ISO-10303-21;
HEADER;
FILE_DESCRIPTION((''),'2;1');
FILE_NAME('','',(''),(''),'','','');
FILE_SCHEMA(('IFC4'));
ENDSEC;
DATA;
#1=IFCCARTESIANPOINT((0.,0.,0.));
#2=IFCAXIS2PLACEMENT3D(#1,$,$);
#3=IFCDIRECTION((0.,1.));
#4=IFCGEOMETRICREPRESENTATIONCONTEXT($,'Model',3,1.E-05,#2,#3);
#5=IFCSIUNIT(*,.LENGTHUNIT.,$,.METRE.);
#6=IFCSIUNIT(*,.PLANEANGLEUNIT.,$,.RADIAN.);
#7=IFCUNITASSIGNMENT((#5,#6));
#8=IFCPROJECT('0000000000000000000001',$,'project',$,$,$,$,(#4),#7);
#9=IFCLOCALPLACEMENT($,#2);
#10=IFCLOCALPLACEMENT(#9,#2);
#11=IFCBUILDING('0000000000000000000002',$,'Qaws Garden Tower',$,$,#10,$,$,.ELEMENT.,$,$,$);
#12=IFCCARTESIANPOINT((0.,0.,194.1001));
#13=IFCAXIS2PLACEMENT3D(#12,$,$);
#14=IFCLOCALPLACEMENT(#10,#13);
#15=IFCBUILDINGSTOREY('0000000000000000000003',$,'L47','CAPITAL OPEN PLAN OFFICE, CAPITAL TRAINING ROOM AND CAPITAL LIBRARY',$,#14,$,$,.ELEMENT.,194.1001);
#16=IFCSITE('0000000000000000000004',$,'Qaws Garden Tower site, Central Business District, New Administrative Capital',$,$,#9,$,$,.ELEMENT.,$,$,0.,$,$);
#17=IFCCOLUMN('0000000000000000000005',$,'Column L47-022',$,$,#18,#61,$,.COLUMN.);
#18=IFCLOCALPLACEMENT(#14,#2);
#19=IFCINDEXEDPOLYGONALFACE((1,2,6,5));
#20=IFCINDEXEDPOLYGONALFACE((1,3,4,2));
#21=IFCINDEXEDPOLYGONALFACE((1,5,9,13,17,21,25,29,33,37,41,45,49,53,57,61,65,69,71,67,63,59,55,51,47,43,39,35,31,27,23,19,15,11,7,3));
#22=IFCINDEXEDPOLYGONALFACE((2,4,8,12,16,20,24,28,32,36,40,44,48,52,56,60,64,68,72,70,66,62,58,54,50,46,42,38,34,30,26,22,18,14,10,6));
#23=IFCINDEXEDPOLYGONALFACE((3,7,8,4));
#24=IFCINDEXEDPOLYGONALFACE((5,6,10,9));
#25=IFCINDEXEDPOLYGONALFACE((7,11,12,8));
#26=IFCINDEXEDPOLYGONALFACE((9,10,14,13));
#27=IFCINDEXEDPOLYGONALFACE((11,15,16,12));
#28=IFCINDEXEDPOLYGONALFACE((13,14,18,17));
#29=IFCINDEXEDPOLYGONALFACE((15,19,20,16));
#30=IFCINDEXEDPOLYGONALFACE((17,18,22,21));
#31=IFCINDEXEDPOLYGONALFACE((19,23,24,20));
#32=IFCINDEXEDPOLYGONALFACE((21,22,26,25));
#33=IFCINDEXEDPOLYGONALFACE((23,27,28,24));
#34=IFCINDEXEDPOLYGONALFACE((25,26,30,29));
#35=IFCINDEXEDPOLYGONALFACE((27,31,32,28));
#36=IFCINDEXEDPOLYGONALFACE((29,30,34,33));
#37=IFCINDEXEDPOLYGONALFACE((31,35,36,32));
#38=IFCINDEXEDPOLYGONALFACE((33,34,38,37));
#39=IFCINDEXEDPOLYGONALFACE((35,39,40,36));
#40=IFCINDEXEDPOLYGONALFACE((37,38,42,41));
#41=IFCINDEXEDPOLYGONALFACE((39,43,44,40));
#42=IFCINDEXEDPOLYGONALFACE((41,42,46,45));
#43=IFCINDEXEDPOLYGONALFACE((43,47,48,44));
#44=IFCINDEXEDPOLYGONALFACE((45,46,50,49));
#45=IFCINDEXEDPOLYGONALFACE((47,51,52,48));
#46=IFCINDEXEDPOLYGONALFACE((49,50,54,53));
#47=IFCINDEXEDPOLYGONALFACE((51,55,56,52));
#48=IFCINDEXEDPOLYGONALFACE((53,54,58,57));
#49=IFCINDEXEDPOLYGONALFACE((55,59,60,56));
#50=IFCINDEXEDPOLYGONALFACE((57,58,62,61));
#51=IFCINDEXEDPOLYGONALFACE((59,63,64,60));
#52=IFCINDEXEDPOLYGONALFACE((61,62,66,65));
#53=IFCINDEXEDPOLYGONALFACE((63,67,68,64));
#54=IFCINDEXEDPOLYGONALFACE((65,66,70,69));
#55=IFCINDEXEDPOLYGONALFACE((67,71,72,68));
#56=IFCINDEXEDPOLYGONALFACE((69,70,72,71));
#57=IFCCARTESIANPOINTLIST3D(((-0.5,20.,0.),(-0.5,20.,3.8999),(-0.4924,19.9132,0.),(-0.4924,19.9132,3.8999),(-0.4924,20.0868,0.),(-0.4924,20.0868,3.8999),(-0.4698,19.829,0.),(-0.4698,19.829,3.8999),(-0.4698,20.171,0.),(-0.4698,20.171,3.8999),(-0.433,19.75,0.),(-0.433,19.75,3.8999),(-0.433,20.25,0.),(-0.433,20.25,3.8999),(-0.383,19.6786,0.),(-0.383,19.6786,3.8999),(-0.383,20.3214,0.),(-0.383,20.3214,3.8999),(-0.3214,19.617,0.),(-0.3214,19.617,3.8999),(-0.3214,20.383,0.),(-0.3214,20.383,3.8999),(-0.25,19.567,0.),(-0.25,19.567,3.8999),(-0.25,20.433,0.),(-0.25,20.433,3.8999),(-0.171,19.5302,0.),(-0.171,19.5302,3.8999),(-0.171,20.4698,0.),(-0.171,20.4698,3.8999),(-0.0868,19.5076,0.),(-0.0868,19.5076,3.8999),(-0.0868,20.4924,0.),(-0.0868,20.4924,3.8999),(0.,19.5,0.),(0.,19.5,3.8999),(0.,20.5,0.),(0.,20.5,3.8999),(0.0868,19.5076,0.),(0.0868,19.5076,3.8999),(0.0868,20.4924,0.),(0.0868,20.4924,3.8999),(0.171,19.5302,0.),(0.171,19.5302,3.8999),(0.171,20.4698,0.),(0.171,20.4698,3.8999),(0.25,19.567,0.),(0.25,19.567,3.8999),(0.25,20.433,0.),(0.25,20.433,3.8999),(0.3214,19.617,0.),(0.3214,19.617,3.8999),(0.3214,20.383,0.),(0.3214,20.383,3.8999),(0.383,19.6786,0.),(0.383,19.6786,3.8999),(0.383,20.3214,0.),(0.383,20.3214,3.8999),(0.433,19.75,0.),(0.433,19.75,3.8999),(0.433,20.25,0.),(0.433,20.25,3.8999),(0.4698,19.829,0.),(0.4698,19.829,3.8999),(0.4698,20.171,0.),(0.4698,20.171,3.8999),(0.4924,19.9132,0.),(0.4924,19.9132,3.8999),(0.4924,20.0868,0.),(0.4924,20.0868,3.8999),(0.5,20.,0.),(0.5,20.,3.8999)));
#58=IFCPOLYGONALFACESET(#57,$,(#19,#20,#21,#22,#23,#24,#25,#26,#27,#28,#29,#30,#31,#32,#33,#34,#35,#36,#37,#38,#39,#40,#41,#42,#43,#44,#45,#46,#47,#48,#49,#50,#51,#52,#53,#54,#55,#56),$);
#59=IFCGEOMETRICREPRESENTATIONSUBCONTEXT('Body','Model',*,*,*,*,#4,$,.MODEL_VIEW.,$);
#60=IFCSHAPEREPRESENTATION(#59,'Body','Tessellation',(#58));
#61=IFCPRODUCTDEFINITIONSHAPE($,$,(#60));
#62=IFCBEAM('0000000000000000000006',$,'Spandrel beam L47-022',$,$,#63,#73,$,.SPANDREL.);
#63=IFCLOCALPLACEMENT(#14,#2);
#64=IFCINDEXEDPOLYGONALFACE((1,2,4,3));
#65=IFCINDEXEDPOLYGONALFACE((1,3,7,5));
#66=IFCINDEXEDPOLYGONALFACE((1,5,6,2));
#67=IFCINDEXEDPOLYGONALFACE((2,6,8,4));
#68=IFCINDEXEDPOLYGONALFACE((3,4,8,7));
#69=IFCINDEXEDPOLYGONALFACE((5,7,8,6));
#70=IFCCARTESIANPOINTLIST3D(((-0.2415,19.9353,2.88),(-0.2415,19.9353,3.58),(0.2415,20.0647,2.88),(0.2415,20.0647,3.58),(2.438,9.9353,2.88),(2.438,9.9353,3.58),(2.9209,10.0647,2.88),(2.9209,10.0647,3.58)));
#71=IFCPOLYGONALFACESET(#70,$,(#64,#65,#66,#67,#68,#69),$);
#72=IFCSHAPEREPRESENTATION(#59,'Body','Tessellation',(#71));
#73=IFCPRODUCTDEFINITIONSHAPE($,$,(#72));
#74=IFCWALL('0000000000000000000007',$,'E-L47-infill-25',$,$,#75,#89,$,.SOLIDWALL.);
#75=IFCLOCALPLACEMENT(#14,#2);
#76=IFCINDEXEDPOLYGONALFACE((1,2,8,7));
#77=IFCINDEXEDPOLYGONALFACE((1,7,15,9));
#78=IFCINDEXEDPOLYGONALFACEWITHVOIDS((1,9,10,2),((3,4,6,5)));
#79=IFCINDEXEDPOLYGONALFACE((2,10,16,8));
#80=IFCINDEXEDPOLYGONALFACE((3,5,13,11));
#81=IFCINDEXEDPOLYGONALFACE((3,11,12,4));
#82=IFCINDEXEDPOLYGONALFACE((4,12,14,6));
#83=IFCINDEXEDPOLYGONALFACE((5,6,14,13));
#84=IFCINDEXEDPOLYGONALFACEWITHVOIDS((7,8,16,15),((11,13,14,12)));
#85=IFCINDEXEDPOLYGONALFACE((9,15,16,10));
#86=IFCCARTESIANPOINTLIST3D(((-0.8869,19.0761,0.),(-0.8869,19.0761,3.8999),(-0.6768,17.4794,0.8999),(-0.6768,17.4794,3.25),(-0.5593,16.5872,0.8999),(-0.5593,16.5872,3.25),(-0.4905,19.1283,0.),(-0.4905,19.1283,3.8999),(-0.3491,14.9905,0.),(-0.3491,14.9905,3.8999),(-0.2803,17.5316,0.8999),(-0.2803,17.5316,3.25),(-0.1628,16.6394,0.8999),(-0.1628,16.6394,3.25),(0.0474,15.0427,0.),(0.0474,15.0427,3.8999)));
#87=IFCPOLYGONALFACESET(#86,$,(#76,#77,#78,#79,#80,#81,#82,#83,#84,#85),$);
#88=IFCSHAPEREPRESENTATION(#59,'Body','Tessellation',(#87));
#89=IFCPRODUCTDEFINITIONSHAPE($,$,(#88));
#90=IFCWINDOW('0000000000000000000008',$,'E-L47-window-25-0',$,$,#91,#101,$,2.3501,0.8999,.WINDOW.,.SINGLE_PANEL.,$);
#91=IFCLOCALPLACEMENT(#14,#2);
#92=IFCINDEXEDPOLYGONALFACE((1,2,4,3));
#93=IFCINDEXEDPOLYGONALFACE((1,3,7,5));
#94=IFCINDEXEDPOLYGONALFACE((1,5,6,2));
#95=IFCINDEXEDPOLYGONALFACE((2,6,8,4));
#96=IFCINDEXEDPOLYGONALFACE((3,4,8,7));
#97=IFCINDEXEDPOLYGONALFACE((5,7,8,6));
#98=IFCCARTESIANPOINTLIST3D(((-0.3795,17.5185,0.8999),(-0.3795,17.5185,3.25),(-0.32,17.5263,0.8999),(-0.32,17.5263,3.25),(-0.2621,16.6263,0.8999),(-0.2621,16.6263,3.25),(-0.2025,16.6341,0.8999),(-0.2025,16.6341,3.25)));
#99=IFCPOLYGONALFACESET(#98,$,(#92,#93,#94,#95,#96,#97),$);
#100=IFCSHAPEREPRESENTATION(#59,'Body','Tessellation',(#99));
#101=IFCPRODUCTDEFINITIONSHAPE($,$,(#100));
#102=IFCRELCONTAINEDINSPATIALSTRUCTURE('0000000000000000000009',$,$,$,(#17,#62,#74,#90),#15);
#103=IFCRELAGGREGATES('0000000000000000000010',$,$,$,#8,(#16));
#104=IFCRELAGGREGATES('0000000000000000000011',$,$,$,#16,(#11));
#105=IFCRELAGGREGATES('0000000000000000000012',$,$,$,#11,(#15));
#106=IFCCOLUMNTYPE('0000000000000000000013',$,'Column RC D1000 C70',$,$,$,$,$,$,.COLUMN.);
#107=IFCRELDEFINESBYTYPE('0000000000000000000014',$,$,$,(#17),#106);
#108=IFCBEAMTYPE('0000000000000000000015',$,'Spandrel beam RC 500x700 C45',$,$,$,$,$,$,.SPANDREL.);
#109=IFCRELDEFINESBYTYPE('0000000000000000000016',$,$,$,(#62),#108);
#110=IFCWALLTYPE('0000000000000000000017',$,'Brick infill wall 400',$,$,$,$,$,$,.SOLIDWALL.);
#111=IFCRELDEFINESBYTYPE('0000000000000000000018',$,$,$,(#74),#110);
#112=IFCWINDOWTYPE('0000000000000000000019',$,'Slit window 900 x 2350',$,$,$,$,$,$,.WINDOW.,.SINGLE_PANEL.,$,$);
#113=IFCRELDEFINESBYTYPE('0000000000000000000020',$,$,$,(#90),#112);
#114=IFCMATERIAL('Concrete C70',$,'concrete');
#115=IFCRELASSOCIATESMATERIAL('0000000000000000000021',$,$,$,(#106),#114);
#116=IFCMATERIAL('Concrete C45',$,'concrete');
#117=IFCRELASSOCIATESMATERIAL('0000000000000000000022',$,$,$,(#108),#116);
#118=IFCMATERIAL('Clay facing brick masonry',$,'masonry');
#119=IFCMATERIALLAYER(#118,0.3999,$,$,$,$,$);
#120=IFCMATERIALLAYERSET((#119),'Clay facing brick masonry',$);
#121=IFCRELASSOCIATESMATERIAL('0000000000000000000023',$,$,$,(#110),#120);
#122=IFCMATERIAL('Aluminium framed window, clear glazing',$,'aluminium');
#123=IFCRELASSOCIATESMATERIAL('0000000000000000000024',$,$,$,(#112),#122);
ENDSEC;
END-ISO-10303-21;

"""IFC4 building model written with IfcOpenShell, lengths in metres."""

from ifc_helpers import new_model, si_unit, direction, frame, frame_2d, origin, origin_2d, place, context, subcontext, project, spatial, rectangle, circle, extrude, material, layer, layer_set, material_profile, profile_set, type_object, element, fill, save


model = new_model("IFC4")

# Units and contexts
model_context = context("Model", 3, precision=1e-05, world=origin(), true_north=direction((0.0, 1.0)))
body_context = subcontext(model_context, "Body", "Model", "MODEL_VIEW")
ifc_project = project(units=[si_unit("LENGTHUNIT", "METRE"), si_unit("PLANEANGLEUNIT", "RADIAN")], contexts=[model_context])

# Site, building, storey
site_placement = place(None, origin())
site = spatial("IfcSite", under=ifc_project, at=site_placement, Name="Qaws Garden Tower site, Central Business District, New Administrative Capital", CompositionType="ELEMENT", RefElevation=0.0)
building_placement = place(site_placement, origin())
building = spatial("IfcBuilding", under=site, at=building_placement, Name="Qaws Garden Tower", CompositionType="ELEMENT")
storey_placement = place(building_placement, frame((0.0, 0.0, 194.1001)))
storey = spatial("IfcBuildingStorey", under=building, at=storey_placement, Name="L47", Description="CAPITAL OPEN PLAN OFFICE, CAPITAL TRAINING ROOM AND CAPITAL LIBRARY", CompositionType="ELEMENT", Elevation=194.1001)

# Column
ifc_material_1 = material(Name="Concrete C70", Category="concrete")
ifc_material_profile_1 = material_profile(ifc_material_1, circle(Radius=0.5, at=origin_2d()), Name="RC D1000")
ifc_profile_set_1 = profile_set([ifc_material_profile_1], Name="Concrete C70")
column_type = type_object("IfcColumnType", Name="Column RC D1000 C70", PredefinedType="COLUMN", material=ifc_profile_set_1)
column_placement = place(storey_placement, frame((0.0, 20.0, 0.0), z_axis=(0.0, 0.0, 1.0), x_axis=(1.0, 0.0, 0.0)))
element("IfcColumn", 1, at=column_placement, inside=storey, type_object=column_type, Name="Column L47-022", PredefinedType="COLUMN", context=body_context, shape_type="SweptSolid", body=[
    extrude(circle(Radius=0.5, at=origin_2d()), origin(), (0.0, 0.0, 1.0), 3.8999),
])

# Beam
ifc_material_2 = material(Name="Concrete C45", Category="concrete")
ifc_material_profile_2 = material_profile(ifc_material_2, rectangle(XDim=0.5, YDim=0.7, at=origin_2d()), Name="RC 500x700")
ifc_profile_set_2 = profile_set([ifc_material_profile_2], Name="Concrete C45")
beam_type = type_object("IfcBeamType", Name="Spandrel beam RC 500x700 C45", PredefinedType="SPANDREL", material=ifc_profile_set_2)
beam_placement = place(storey_placement, frame((0.0, 20.0, 3.23), z_axis=(0.258815, -0.965927, 0.0), x_axis=(0.965927, 0.258815, 0.0)))
element("IfcBeam", 2, at=beam_placement, inside=storey, type_object=beam_type, Name="Spandrel beam L47-022", PredefinedType="SPANDREL", context=body_context, shape_type="SweptSolid", body=[
    extrude(rectangle(XDim=0.5, YDim=0.7, at=origin_2d()), origin(), (0.0, 0.0, 1.0), 10.3528),
])

# Wall, opening, window
ifc_material_3 = material(Name="Clay facing brick masonry", Category="masonry")
ifc_layer_1 = layer(ifc_material_3, 0.3999)
ifc_layer_set_1 = layer_set([ifc_layer_1], Name="Clay facing brick masonry")
wall_type_1 = type_object("IfcWallType", Name="Brick infill wall 400", PredefinedType="SOLIDWALL", material=ifc_layer_set_1)
wall_1_placement = place(storey_placement, frame((-0.6887, 19.1023, 0.0), z_axis=(0.0, 0.0, 1.0), x_axis=(0.130514, -0.991446, 0.0)))
wall_1 = element("IfcWall", 3, at=wall_1_placement, inside=storey, type_object=wall_type_1, Name="E-L47-infill-25", PredefinedType="SOLIDWALL", context=body_context, shape_type="SweptSolid", body=[
    extrude(rectangle(XDim=4.1208, YDim=0.3999, at=frame_2d((2.0605, 0.0))), origin(), (0.0, 0.0, 1.0), 3.8999),
])
opening_1_placement = place(wall_1_placement, frame((1.6106, 0.0, 0.8999)))
opening_1 = element("IfcOpeningElement", 4, at=opening_1_placement, cuts=wall_1, PredefinedType="OPENING", context=body_context, shape_type="SweptSolid", body=[
    extrude(rectangle(XDim=0.8999, YDim=2.3501, at=frame_2d((0.45, 1.175))), frame((0.0, 0.21, 0.0), z_axis=(0.0, -1.0, 0.0), x_axis=(1.0, 0.0, 0.0)), (0.0, 0.0, 1.0), 0.4199),
])
ifc_material_4 = material(Name="Aluminium framed window, clear glazing", Category="aluminium")
window_type = type_object("IfcWindowType", Name="Slit window 900 x 2350", PartitioningType="SINGLE_PANEL", PredefinedType="WINDOW", material=ifc_material_4)
window_placement = place(opening_1_placement, origin())
window = element("IfcWindow", 5, at=window_placement, inside=storey, type_object=window_type, Name="E-L47-window-25-0", OverallHeight=2.3501, OverallWidth=0.8999, PartitioningType="SINGLE_PANEL", PredefinedType="WINDOW", context=body_context, shape_type="SweptSolid", body=[
    extrude(rectangle(XDim=0.8999, YDim=2.3501, at=frame_2d((0.45, 1.175))), frame((0.0, 0.1599, 0.0), z_axis=(0.0, -1.0, 0.0), x_axis=(1.0, 0.0, 0.0)), (0.0, 0.0, 1.0), 0.0601),
])
fill(opening_1, window)

save(model, "model.ifc")
